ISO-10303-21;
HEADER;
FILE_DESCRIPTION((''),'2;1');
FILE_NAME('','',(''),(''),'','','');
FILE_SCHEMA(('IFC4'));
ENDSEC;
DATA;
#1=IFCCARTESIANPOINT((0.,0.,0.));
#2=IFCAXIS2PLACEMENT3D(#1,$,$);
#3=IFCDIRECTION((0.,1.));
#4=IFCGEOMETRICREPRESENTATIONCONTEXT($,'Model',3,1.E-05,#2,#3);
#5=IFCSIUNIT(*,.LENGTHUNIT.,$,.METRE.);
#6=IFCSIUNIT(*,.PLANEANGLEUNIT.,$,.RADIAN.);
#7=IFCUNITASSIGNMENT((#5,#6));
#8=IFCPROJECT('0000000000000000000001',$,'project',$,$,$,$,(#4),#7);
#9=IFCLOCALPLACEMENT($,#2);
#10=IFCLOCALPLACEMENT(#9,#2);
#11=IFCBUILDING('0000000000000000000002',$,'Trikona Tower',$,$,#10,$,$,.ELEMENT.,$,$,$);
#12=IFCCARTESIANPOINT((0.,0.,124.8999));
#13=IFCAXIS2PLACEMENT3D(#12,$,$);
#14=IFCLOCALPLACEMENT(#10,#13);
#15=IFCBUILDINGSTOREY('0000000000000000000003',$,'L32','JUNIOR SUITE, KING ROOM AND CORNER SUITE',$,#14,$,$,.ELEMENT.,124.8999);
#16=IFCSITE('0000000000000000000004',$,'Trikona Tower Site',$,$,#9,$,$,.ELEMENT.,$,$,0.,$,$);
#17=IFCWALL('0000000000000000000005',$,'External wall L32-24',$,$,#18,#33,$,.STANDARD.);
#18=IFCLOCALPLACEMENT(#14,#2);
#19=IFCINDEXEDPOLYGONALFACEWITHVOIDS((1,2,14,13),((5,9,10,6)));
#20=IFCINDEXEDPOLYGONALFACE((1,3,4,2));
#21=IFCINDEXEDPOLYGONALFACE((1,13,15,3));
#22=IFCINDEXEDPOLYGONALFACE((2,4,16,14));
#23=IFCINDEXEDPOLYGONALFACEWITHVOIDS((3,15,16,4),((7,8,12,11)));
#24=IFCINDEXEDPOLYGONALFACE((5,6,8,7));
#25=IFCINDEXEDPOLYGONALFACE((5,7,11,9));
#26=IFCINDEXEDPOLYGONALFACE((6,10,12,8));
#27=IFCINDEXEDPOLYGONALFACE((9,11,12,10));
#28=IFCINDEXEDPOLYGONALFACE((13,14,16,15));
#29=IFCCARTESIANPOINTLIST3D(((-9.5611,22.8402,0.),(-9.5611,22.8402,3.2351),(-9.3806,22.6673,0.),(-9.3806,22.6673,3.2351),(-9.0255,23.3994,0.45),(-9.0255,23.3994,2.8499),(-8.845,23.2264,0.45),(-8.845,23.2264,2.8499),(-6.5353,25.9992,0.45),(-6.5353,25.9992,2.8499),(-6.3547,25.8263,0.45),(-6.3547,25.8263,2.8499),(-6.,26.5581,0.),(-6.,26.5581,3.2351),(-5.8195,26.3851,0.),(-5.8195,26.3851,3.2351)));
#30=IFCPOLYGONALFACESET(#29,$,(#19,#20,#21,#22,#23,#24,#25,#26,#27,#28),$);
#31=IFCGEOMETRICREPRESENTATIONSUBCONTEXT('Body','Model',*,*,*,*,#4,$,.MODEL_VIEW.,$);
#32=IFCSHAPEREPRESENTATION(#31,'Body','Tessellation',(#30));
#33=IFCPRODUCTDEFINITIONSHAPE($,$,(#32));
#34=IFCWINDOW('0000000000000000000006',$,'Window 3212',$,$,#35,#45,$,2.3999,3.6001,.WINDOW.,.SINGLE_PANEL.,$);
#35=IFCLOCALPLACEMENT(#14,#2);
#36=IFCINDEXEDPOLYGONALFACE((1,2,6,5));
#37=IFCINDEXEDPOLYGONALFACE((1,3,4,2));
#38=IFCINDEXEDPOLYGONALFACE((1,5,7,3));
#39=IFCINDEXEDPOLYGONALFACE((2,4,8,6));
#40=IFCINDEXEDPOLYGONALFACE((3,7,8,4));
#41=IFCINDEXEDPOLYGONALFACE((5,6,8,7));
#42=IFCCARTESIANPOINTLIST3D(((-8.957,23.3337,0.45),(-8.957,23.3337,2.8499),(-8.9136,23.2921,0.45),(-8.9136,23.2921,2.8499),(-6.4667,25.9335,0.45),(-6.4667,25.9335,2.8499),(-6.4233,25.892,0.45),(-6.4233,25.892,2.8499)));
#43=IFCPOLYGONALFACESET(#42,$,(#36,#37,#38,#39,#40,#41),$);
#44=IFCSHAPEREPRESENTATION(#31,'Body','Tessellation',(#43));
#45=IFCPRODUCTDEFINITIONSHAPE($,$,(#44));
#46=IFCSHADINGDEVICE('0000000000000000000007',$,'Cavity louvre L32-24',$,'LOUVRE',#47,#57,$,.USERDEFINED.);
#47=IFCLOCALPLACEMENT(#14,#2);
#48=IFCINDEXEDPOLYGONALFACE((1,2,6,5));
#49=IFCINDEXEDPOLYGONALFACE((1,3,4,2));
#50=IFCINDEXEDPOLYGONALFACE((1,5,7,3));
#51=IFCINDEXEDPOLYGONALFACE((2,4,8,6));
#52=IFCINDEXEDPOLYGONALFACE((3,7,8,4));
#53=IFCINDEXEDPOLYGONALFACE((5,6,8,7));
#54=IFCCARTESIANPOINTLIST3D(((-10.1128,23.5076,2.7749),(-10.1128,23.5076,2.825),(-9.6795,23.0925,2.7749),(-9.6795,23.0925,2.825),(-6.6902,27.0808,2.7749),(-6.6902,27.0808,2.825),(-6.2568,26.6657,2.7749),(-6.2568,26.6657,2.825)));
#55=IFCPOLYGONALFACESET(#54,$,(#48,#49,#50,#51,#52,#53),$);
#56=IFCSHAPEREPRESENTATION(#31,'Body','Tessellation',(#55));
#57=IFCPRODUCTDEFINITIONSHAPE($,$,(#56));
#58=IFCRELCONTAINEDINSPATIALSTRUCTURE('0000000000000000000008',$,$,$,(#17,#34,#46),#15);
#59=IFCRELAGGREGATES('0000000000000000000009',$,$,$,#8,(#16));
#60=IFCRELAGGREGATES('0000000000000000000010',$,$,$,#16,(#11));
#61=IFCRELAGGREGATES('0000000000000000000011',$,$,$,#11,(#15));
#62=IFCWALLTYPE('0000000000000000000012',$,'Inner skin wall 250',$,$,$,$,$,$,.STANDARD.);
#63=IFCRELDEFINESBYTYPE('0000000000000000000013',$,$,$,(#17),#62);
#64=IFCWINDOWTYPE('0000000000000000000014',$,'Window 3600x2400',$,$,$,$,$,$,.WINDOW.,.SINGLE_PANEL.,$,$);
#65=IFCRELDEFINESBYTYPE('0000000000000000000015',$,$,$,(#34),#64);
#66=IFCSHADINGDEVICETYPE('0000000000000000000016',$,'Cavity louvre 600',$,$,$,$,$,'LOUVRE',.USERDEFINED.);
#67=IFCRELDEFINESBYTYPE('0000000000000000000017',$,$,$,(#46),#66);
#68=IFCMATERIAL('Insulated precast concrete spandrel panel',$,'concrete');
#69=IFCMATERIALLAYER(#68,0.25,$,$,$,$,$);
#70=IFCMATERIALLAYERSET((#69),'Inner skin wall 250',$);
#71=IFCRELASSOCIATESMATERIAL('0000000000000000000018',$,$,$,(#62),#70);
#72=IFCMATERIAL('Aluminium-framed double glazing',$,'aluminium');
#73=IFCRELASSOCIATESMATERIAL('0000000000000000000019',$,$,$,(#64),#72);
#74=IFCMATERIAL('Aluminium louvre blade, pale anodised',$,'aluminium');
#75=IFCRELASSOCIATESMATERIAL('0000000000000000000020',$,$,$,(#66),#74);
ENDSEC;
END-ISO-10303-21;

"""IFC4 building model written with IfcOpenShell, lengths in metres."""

from ifc_helpers import new_model, si_unit, direction, frame, frame_2d, origin, origin_2d, place, context, subcontext, project, spatial, rectangle, extrude, material, layer, layer_set, type_object, element, fill, save


model = new_model("IFC4")

# Units and contexts
model_context = context("Model", 3, precision=1e-05, world=origin(), true_north=direction((0.0, 1.0)))
body_context = subcontext(model_context, "Body", "Model", "MODEL_VIEW")
ifc_project = project(units=[si_unit("LENGTHUNIT", "METRE"), si_unit("PLANEANGLEUNIT", "RADIAN")], contexts=[model_context])

# Site, building, storey
site_placement = place(None, origin())
site = spatial("IfcSite", under=ifc_project, at=site_placement, Name="Trikona Tower Site", CompositionType="ELEMENT", RefElevation=0.0)
building_placement = place(site_placement, origin())
building = spatial("IfcBuilding", under=site, at=building_placement, Name="Trikona Tower", CompositionType="ELEMENT")
storey_placement = place(building_placement, frame((0.0, 0.0, 124.8999)))
storey = spatial("IfcBuildingStorey", under=building, at=storey_placement, Name="L32", Description="JUNIOR SUITE, KING ROOM AND CORNER SUITE", CompositionType="ELEMENT", Elevation=124.8999)

# Wall, opening, window
ifc_material_1 = material(Name="Insulated precast concrete spandrel panel", Category="concrete")
ifc_layer_1 = layer(ifc_material_1, 0.25)
ifc_layer_set_1 = layer_set([ifc_layer_1], Name="Inner skin wall 250")
wall_type_1 = type_object("IfcWallType", Name="Inner skin wall 250", PredefinedType="STANDARD", material=ifc_layer_set_1)
wall_1_placement = place(storey_placement, frame((-5.9097, 26.4717, 0.0), z_axis=(0.0, 0.0, 1.0), x_axis=(-0.69172, -0.722166, 0.0)))
wall_1 = element("IfcWall", 1, at=wall_1_placement, inside=storey, type_object=wall_type_1, Name="External wall L32-24", PredefinedType="STANDARD", context=body_context, shape_type="SweptSolid", body=[
    extrude(rectangle(XDim=5.1482, YDim=0.25, at=frame_2d((2.5742, 0.0))), origin(), (0.0, 0.0, 1.0), 3.2351),
])
opening_1_placement = place(wall_1_placement, frame((0.7739, 0.0, 0.45)))
opening_1 = element("IfcOpeningElement", 2, at=opening_1_placement, cuts=wall_1, PredefinedType="OPENING", context=body_context, shape_type="SweptSolid", body=[
    extrude(rectangle(XDim=3.6001, YDim=2.3999, at=frame_2d((1.8, 1.2))), frame((0.0, 0.135, 0.0), z_axis=(0.0, -1.0, 0.0), x_axis=(1.0, 0.0, 0.0)), (0.0, 0.0, 1.0), 0.27),
])
ifc_material_2 = material(Name="Aluminium-framed double glazing", Category="aluminium")
window_type_1 = type_object("IfcWindowType", Name="Window 3600x2400", PartitioningType="SINGLE_PANEL", PredefinedType="WINDOW", material=ifc_material_2)
window_1_placement = place(opening_1_placement, origin())
window_1 = element("IfcWindow", 3, at=window_1_placement, inside=storey, type_object=window_type_1, Name="Window 3212", OverallHeight=2.3999, OverallWidth=3.6001, PartitioningType="SINGLE_PANEL", PredefinedType="WINDOW", context=body_context, shape_type="SweptSolid", body=[
    extrude(rectangle(XDim=3.6001, YDim=2.3999, at=frame_2d((1.8, 1.2))), frame((0.0, 0.03, 0.0), z_axis=(0.0, -1.0, 0.0), x_axis=(1.0, 0.0, 0.0)), (0.0, 0.0, 1.0), 0.0601),
])
fill(opening_1, window_1)

# Shading device
ifc_material_3 = material(Name="Aluminium louvre blade, pale anodised", Category="aluminium")
shading_device_type = type_object("IfcShadingDeviceType", Name="Cavity louvre 600", ElementType="LOUVRE", PredefinedType="USERDEFINED", material=ifc_material_3)
shading_device_placement = place(storey_placement, frame((-8.1848, 25.0867, 2.7749), z_axis=(0.0, 0.0, 1.0), x_axis=(-0.691724, -0.722162, 0.0)))
element("IfcShadingDevice", 4, at=shading_device_placement, inside=storey, type_object=shading_device_type, Name="Cavity louvre L32-24", ObjectType="LOUVRE", PredefinedType="USERDEFINED", context=body_context, shape_type="SweptSolid", body=[
    extrude(rectangle(XDim=4.948, YDim=0.6001, at=origin_2d()), origin(), (0.0, 0.0, 1.0), 0.05),
])

save(model, "model.ifc")
